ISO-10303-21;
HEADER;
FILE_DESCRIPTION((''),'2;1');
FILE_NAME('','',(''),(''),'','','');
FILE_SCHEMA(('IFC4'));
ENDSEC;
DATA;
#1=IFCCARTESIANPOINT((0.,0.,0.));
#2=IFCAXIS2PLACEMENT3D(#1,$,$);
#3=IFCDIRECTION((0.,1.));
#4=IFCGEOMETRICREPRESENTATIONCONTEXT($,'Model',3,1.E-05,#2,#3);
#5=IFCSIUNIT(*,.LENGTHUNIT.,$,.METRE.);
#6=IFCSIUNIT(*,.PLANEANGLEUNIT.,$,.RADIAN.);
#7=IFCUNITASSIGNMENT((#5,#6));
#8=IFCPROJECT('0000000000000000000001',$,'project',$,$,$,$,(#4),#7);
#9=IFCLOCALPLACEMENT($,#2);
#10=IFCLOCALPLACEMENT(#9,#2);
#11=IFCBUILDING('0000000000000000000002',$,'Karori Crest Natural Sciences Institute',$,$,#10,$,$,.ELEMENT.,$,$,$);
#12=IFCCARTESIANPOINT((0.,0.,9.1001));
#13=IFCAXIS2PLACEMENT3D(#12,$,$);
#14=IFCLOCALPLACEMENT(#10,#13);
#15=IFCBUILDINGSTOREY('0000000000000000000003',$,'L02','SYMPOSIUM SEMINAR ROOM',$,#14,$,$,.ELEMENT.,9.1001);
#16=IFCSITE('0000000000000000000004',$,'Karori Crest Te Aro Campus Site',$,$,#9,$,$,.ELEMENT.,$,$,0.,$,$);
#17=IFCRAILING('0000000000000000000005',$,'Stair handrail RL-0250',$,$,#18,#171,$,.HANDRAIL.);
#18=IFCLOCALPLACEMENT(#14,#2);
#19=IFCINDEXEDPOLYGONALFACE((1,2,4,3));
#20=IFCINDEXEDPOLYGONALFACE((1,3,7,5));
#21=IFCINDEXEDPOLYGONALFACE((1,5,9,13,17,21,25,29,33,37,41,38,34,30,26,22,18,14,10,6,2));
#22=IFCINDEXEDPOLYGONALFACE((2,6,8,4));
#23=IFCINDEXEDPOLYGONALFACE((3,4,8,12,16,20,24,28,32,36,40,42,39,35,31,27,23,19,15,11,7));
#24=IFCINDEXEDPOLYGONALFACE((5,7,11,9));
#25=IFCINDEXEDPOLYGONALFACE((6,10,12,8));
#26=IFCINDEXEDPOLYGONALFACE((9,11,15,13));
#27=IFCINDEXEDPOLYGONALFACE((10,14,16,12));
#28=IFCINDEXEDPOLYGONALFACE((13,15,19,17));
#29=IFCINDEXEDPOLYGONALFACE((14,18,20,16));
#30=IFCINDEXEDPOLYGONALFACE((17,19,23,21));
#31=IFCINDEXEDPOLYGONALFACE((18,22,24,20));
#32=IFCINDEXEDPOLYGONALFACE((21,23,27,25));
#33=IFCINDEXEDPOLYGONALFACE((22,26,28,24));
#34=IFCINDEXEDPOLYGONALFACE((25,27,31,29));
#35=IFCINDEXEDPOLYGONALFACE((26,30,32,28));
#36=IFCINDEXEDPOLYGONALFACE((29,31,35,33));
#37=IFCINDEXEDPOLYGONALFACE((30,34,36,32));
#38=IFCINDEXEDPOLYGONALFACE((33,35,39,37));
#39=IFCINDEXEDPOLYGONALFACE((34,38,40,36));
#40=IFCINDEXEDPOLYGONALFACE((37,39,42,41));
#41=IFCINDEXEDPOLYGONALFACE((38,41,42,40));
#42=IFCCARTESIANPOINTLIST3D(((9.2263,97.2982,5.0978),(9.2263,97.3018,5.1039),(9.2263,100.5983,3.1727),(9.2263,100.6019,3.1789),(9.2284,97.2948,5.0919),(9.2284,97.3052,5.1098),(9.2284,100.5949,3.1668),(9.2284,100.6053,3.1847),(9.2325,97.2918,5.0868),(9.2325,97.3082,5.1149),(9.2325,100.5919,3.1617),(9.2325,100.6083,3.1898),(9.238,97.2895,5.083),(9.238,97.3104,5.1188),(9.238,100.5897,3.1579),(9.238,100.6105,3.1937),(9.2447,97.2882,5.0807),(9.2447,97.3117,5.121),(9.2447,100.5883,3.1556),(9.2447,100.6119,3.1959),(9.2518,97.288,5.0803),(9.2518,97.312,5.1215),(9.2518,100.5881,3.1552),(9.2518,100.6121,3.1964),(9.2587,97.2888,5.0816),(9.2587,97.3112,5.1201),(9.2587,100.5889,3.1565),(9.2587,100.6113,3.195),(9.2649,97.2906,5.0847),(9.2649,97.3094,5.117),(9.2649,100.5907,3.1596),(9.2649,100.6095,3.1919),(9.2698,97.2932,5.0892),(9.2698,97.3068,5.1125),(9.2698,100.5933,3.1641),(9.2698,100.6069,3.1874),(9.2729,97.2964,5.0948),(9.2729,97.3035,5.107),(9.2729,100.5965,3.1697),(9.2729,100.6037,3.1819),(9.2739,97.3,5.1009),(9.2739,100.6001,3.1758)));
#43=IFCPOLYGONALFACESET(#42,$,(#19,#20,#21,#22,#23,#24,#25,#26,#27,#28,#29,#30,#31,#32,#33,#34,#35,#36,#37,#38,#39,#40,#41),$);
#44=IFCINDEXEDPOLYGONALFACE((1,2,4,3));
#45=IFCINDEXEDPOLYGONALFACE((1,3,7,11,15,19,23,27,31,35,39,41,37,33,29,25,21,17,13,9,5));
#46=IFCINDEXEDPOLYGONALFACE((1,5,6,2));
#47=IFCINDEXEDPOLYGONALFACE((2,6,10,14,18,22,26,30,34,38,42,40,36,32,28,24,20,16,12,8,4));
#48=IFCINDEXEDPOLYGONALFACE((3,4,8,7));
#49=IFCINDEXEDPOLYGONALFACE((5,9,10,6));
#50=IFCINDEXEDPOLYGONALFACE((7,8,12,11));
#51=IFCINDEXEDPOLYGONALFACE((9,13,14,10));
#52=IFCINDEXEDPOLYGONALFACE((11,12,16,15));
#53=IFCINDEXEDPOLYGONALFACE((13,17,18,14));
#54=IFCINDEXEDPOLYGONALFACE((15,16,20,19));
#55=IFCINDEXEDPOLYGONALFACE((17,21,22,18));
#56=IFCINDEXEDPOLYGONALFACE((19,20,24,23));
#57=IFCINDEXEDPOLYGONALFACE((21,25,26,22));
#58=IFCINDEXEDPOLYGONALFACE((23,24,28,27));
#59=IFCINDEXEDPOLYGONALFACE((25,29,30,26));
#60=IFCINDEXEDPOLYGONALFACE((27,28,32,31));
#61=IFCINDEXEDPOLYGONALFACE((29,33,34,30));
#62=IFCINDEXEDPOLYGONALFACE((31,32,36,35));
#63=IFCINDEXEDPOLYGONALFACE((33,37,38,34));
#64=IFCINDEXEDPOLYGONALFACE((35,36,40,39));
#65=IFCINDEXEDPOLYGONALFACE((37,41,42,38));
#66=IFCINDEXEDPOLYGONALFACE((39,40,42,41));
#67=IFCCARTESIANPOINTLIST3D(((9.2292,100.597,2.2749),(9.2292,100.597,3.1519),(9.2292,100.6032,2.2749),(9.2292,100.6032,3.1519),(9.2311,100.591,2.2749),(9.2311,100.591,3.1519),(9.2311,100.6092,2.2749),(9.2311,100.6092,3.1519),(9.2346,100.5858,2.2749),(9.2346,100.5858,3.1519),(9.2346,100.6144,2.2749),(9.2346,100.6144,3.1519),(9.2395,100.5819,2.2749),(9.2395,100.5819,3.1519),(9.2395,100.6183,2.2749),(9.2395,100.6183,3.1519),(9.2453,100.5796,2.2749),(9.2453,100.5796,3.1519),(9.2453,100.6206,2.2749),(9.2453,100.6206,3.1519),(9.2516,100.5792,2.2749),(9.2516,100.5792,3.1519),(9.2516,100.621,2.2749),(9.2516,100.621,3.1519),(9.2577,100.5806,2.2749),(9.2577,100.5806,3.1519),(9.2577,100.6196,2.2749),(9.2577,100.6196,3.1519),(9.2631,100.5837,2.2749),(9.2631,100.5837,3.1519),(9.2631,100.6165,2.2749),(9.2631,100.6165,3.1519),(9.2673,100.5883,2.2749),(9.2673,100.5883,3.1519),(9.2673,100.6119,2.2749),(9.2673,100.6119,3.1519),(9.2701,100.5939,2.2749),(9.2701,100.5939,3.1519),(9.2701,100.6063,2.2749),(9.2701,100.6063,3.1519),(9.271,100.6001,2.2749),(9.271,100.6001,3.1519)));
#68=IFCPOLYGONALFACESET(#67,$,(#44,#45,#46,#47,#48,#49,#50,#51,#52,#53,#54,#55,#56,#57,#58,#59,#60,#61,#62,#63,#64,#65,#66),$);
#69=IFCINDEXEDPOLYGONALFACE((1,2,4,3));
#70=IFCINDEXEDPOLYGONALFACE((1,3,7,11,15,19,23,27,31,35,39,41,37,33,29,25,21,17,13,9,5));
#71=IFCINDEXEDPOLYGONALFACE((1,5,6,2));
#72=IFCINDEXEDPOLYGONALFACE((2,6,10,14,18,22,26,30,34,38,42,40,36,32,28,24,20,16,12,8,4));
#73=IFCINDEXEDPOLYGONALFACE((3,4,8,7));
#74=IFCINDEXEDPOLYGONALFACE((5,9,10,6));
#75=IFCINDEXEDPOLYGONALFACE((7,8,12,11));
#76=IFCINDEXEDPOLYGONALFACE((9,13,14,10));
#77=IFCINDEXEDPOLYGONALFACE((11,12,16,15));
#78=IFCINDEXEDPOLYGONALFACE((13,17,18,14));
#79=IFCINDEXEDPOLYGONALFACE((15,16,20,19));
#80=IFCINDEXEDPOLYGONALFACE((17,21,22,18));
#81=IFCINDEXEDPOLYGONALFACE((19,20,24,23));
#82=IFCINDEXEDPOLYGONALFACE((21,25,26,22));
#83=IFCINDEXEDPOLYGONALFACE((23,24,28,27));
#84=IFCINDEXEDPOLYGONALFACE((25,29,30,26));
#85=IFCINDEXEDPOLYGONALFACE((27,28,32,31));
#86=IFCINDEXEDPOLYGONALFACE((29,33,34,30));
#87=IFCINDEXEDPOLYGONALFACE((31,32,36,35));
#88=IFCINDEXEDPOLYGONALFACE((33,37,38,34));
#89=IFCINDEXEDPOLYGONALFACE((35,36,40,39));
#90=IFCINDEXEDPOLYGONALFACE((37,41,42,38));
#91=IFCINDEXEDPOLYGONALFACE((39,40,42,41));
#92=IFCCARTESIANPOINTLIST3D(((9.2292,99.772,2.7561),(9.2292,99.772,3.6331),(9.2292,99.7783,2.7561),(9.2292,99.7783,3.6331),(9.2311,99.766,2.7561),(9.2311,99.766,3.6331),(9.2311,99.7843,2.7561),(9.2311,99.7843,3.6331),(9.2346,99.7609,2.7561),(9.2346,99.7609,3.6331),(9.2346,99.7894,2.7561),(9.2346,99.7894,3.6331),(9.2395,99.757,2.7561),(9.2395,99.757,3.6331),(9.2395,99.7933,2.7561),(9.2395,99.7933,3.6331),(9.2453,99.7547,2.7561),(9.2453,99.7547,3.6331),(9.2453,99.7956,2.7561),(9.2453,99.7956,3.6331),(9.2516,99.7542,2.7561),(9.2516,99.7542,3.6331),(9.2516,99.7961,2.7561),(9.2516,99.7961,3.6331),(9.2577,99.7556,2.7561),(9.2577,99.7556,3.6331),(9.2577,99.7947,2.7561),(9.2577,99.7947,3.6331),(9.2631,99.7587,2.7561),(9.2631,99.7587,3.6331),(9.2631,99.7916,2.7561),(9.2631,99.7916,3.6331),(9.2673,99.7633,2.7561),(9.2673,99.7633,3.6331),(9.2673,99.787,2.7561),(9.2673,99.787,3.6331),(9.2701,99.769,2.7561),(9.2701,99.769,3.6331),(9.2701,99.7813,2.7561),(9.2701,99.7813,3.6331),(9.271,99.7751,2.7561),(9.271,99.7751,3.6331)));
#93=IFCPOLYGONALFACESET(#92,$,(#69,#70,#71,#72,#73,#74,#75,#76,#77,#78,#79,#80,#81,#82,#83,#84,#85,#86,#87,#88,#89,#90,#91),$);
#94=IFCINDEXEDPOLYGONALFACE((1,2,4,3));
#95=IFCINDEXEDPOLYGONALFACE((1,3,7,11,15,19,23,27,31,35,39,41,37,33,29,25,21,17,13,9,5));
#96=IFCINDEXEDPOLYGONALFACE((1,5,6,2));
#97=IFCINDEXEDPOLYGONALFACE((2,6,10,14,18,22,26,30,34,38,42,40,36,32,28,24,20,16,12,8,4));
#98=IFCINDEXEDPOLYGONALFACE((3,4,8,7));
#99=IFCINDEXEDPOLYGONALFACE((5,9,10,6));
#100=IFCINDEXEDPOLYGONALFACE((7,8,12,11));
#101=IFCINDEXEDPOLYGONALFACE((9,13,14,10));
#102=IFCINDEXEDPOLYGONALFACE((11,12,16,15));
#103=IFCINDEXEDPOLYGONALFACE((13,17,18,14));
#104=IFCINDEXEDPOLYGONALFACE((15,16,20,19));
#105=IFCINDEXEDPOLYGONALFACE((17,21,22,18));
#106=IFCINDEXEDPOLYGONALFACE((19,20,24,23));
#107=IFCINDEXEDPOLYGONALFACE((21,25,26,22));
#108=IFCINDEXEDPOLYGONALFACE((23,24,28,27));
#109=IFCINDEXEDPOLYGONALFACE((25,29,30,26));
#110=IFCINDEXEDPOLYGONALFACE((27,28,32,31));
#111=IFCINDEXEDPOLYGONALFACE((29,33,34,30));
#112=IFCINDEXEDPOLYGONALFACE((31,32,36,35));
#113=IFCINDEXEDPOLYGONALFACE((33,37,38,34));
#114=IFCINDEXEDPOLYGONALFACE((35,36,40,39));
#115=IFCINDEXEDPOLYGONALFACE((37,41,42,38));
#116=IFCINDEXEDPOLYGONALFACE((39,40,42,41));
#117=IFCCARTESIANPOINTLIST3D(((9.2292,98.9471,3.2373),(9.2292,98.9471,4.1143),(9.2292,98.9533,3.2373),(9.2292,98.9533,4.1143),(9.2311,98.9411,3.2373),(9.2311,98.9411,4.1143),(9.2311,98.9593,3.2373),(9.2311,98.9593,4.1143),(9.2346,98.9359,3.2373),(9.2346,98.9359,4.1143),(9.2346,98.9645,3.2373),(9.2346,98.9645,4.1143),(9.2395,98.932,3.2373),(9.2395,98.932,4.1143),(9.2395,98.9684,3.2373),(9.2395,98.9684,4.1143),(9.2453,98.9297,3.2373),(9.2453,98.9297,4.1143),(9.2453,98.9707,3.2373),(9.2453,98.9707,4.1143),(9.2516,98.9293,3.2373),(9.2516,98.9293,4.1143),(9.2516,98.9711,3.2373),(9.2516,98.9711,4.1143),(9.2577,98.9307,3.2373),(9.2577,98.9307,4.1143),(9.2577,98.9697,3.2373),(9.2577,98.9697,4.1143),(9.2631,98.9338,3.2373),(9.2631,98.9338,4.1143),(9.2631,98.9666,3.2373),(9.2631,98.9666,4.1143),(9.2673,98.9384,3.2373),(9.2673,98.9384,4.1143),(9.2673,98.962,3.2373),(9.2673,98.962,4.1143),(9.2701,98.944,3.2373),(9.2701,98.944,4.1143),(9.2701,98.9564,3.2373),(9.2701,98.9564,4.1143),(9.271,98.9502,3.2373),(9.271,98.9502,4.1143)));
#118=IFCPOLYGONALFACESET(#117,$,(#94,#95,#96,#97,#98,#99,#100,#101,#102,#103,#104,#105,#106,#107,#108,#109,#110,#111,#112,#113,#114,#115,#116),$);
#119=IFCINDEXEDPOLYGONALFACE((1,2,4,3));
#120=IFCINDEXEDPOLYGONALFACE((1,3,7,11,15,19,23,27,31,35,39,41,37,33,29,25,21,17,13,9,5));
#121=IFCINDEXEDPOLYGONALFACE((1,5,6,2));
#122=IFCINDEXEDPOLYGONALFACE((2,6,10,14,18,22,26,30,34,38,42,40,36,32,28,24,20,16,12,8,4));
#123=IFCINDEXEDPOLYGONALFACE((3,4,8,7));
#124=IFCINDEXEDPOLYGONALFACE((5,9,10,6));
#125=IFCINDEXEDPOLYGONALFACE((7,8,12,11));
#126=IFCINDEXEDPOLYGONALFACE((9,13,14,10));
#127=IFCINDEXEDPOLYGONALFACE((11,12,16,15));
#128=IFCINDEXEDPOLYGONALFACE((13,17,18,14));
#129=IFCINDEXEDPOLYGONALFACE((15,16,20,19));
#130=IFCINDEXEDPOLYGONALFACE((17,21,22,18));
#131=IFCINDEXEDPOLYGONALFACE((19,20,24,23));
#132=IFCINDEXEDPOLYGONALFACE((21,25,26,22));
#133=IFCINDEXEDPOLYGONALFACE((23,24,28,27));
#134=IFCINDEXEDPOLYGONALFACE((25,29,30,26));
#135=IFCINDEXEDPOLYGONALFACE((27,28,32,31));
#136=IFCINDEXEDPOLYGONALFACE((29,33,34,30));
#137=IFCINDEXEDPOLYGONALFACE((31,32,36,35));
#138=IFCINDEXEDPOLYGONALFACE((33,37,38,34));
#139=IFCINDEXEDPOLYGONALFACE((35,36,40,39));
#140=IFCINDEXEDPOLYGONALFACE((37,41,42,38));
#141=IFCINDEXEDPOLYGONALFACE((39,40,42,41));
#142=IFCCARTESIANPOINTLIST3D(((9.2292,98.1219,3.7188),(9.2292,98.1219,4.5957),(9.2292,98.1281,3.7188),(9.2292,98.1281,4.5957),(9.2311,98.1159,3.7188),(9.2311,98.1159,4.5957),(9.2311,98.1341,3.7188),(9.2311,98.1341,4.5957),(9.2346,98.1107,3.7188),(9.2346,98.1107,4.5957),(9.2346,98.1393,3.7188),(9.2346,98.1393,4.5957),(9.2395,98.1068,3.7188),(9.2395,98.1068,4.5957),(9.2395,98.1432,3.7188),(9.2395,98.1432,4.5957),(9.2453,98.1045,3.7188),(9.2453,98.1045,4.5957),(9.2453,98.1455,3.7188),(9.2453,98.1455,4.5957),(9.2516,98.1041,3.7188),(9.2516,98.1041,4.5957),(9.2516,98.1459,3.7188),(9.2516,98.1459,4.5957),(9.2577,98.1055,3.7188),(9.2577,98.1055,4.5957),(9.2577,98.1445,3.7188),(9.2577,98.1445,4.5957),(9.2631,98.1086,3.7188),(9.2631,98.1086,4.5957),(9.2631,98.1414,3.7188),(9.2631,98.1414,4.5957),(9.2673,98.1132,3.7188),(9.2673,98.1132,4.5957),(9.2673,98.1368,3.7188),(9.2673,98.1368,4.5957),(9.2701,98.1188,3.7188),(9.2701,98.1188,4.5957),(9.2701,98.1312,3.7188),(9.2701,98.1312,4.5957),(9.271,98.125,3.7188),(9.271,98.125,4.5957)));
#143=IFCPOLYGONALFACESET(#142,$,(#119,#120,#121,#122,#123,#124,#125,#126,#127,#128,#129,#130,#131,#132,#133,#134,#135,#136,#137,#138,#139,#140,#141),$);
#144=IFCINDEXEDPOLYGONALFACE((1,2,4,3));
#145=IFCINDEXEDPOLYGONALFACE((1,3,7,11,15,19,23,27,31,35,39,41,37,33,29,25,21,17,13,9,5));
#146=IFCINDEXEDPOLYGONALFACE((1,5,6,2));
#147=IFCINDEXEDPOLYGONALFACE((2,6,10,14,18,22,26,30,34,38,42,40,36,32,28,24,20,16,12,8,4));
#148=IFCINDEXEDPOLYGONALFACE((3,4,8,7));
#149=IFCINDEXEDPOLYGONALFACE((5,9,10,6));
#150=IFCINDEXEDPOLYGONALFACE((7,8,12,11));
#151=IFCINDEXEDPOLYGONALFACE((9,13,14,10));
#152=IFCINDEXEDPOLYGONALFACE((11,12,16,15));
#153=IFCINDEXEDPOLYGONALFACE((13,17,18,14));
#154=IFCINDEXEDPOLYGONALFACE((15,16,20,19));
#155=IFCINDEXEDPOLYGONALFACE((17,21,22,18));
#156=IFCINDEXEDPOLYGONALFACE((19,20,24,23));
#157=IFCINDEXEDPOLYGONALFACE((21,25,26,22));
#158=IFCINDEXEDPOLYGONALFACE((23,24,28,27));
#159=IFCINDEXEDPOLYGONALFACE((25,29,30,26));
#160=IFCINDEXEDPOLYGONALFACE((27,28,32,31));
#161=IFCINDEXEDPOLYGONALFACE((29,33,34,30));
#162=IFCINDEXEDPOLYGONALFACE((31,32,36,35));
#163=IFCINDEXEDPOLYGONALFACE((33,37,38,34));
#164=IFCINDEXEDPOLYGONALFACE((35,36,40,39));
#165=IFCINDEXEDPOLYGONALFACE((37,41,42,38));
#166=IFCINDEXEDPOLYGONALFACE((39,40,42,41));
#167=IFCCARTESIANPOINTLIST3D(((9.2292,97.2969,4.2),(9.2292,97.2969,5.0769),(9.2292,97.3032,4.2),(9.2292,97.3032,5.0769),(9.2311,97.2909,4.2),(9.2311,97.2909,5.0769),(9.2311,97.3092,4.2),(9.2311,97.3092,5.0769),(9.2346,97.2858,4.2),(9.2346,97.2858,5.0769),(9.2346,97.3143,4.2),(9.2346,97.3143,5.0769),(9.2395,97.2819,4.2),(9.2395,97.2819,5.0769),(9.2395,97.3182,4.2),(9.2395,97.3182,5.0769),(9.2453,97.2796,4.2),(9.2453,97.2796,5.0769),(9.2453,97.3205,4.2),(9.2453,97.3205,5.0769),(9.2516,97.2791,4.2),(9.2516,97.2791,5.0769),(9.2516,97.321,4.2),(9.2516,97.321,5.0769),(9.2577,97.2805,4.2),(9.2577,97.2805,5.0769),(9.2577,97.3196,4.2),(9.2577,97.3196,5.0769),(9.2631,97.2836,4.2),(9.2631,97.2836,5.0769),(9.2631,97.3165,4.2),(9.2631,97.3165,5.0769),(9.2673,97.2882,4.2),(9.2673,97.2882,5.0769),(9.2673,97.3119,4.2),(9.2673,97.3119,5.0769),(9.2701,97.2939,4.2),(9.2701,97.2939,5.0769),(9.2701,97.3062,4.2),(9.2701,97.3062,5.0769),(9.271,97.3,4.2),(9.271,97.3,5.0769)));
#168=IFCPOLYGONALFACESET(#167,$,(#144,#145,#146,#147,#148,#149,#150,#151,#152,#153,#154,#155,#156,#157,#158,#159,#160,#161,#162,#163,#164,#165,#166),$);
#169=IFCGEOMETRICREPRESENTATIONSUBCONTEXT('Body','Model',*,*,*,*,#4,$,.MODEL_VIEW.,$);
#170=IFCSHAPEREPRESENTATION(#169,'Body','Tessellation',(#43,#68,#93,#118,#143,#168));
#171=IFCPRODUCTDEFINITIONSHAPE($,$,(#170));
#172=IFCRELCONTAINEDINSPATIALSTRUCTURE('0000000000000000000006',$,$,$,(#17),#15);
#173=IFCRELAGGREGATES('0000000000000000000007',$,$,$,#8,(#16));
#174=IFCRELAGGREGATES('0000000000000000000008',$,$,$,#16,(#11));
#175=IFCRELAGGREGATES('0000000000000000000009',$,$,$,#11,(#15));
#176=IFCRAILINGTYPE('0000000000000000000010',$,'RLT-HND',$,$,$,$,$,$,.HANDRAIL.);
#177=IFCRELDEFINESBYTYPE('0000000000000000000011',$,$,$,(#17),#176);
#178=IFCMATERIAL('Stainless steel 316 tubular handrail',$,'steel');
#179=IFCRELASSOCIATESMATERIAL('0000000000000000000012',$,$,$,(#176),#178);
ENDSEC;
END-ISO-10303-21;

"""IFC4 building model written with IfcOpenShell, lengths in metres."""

from ifc_helpers import new_model, si_unit, direction, frame, origin, origin_2d, place, context, subcontext, project, spatial, circle, extrude, material, type_object, element, save


model = new_model("IFC4")

# Units and contexts
model_context = context("Model", 3, precision=1e-05, world=origin(), true_north=direction((0.0, 1.0)))
body_context = subcontext(model_context, "Body", "Model", "MODEL_VIEW")
ifc_project = project(units=[si_unit("LENGTHUNIT", "METRE"), si_unit("PLANEANGLEUNIT", "RADIAN")], contexts=[model_context])

# Site, building, storey
site_placement = place(None, origin())
site = spatial("IfcSite", under=ifc_project, at=site_placement, Name="Karori Crest Te Aro Campus Site", CompositionType="ELEMENT", RefElevation=0.0)
building_placement = place(site_placement, origin())
building = spatial("IfcBuilding", under=site, at=building_placement, Name="Karori Crest Natural Sciences Institute", CompositionType="ELEMENT")
storey_placement = place(building_placement, frame((0.0, 0.0, 9.1001)))
storey = spatial("IfcBuildingStorey", under=building, at=storey_placement, Name="L02", Description="SYMPOSIUM SEMINAR ROOM", CompositionType="ELEMENT", Elevation=9.1001)

# Railing
ifc_material_1 = material(Name="Stainless steel 316 tubular handrail", Category="steel")
railing_type_1 = type_object("IfcRailingType", Name="RLT-HND", PredefinedType="HANDRAIL", material=ifc_material_1)
railing_1_placement = place(storey_placement, frame((9.25, 100.6001, 2.2749)))
element("IfcRailing", 1, at=railing_1_placement, inside=storey, type_object=railing_type_1, Name="Stair handrail RL-0250", PredefinedType="HANDRAIL", context=body_context, shape_type="SweptSolid", body=[
    extrude(circle(Radius=0.0239, at=origin_2d()), frame((0.0, 0.0, 0.9009), z_axis=(0.0, -0.863777, 0.503875), x_axis=(1.0, 0.0, 0.0)), (0.0, 0.0, 1.0), 3.8206),
    extrude(circle(Radius=0.021, at=origin_2d()), origin(), (0.0, 0.0, 1.0), 0.877),
    extrude(circle(Radius=0.021, at=origin_2d()), frame((0.0, -0.825, 0.4812)), (0.0, 0.0, 1.0), 0.877),
    extrude(circle(Radius=0.021, at=origin_2d()), frame((0.0, -1.6499, 0.9624)), (0.0, 0.0, 1.0), 0.877),
    extrude(circle(Radius=0.021, at=origin_2d()), frame((0.0, -2.4751, 1.4438)), (0.0, 0.0, 1.0), 0.877),
    extrude(circle(Radius=0.021, at=origin_2d()), frame((0.0, -3.3, 1.925)), (0.0, 0.0, 1.0), 0.877),
])

save(model, "model.ifc")
